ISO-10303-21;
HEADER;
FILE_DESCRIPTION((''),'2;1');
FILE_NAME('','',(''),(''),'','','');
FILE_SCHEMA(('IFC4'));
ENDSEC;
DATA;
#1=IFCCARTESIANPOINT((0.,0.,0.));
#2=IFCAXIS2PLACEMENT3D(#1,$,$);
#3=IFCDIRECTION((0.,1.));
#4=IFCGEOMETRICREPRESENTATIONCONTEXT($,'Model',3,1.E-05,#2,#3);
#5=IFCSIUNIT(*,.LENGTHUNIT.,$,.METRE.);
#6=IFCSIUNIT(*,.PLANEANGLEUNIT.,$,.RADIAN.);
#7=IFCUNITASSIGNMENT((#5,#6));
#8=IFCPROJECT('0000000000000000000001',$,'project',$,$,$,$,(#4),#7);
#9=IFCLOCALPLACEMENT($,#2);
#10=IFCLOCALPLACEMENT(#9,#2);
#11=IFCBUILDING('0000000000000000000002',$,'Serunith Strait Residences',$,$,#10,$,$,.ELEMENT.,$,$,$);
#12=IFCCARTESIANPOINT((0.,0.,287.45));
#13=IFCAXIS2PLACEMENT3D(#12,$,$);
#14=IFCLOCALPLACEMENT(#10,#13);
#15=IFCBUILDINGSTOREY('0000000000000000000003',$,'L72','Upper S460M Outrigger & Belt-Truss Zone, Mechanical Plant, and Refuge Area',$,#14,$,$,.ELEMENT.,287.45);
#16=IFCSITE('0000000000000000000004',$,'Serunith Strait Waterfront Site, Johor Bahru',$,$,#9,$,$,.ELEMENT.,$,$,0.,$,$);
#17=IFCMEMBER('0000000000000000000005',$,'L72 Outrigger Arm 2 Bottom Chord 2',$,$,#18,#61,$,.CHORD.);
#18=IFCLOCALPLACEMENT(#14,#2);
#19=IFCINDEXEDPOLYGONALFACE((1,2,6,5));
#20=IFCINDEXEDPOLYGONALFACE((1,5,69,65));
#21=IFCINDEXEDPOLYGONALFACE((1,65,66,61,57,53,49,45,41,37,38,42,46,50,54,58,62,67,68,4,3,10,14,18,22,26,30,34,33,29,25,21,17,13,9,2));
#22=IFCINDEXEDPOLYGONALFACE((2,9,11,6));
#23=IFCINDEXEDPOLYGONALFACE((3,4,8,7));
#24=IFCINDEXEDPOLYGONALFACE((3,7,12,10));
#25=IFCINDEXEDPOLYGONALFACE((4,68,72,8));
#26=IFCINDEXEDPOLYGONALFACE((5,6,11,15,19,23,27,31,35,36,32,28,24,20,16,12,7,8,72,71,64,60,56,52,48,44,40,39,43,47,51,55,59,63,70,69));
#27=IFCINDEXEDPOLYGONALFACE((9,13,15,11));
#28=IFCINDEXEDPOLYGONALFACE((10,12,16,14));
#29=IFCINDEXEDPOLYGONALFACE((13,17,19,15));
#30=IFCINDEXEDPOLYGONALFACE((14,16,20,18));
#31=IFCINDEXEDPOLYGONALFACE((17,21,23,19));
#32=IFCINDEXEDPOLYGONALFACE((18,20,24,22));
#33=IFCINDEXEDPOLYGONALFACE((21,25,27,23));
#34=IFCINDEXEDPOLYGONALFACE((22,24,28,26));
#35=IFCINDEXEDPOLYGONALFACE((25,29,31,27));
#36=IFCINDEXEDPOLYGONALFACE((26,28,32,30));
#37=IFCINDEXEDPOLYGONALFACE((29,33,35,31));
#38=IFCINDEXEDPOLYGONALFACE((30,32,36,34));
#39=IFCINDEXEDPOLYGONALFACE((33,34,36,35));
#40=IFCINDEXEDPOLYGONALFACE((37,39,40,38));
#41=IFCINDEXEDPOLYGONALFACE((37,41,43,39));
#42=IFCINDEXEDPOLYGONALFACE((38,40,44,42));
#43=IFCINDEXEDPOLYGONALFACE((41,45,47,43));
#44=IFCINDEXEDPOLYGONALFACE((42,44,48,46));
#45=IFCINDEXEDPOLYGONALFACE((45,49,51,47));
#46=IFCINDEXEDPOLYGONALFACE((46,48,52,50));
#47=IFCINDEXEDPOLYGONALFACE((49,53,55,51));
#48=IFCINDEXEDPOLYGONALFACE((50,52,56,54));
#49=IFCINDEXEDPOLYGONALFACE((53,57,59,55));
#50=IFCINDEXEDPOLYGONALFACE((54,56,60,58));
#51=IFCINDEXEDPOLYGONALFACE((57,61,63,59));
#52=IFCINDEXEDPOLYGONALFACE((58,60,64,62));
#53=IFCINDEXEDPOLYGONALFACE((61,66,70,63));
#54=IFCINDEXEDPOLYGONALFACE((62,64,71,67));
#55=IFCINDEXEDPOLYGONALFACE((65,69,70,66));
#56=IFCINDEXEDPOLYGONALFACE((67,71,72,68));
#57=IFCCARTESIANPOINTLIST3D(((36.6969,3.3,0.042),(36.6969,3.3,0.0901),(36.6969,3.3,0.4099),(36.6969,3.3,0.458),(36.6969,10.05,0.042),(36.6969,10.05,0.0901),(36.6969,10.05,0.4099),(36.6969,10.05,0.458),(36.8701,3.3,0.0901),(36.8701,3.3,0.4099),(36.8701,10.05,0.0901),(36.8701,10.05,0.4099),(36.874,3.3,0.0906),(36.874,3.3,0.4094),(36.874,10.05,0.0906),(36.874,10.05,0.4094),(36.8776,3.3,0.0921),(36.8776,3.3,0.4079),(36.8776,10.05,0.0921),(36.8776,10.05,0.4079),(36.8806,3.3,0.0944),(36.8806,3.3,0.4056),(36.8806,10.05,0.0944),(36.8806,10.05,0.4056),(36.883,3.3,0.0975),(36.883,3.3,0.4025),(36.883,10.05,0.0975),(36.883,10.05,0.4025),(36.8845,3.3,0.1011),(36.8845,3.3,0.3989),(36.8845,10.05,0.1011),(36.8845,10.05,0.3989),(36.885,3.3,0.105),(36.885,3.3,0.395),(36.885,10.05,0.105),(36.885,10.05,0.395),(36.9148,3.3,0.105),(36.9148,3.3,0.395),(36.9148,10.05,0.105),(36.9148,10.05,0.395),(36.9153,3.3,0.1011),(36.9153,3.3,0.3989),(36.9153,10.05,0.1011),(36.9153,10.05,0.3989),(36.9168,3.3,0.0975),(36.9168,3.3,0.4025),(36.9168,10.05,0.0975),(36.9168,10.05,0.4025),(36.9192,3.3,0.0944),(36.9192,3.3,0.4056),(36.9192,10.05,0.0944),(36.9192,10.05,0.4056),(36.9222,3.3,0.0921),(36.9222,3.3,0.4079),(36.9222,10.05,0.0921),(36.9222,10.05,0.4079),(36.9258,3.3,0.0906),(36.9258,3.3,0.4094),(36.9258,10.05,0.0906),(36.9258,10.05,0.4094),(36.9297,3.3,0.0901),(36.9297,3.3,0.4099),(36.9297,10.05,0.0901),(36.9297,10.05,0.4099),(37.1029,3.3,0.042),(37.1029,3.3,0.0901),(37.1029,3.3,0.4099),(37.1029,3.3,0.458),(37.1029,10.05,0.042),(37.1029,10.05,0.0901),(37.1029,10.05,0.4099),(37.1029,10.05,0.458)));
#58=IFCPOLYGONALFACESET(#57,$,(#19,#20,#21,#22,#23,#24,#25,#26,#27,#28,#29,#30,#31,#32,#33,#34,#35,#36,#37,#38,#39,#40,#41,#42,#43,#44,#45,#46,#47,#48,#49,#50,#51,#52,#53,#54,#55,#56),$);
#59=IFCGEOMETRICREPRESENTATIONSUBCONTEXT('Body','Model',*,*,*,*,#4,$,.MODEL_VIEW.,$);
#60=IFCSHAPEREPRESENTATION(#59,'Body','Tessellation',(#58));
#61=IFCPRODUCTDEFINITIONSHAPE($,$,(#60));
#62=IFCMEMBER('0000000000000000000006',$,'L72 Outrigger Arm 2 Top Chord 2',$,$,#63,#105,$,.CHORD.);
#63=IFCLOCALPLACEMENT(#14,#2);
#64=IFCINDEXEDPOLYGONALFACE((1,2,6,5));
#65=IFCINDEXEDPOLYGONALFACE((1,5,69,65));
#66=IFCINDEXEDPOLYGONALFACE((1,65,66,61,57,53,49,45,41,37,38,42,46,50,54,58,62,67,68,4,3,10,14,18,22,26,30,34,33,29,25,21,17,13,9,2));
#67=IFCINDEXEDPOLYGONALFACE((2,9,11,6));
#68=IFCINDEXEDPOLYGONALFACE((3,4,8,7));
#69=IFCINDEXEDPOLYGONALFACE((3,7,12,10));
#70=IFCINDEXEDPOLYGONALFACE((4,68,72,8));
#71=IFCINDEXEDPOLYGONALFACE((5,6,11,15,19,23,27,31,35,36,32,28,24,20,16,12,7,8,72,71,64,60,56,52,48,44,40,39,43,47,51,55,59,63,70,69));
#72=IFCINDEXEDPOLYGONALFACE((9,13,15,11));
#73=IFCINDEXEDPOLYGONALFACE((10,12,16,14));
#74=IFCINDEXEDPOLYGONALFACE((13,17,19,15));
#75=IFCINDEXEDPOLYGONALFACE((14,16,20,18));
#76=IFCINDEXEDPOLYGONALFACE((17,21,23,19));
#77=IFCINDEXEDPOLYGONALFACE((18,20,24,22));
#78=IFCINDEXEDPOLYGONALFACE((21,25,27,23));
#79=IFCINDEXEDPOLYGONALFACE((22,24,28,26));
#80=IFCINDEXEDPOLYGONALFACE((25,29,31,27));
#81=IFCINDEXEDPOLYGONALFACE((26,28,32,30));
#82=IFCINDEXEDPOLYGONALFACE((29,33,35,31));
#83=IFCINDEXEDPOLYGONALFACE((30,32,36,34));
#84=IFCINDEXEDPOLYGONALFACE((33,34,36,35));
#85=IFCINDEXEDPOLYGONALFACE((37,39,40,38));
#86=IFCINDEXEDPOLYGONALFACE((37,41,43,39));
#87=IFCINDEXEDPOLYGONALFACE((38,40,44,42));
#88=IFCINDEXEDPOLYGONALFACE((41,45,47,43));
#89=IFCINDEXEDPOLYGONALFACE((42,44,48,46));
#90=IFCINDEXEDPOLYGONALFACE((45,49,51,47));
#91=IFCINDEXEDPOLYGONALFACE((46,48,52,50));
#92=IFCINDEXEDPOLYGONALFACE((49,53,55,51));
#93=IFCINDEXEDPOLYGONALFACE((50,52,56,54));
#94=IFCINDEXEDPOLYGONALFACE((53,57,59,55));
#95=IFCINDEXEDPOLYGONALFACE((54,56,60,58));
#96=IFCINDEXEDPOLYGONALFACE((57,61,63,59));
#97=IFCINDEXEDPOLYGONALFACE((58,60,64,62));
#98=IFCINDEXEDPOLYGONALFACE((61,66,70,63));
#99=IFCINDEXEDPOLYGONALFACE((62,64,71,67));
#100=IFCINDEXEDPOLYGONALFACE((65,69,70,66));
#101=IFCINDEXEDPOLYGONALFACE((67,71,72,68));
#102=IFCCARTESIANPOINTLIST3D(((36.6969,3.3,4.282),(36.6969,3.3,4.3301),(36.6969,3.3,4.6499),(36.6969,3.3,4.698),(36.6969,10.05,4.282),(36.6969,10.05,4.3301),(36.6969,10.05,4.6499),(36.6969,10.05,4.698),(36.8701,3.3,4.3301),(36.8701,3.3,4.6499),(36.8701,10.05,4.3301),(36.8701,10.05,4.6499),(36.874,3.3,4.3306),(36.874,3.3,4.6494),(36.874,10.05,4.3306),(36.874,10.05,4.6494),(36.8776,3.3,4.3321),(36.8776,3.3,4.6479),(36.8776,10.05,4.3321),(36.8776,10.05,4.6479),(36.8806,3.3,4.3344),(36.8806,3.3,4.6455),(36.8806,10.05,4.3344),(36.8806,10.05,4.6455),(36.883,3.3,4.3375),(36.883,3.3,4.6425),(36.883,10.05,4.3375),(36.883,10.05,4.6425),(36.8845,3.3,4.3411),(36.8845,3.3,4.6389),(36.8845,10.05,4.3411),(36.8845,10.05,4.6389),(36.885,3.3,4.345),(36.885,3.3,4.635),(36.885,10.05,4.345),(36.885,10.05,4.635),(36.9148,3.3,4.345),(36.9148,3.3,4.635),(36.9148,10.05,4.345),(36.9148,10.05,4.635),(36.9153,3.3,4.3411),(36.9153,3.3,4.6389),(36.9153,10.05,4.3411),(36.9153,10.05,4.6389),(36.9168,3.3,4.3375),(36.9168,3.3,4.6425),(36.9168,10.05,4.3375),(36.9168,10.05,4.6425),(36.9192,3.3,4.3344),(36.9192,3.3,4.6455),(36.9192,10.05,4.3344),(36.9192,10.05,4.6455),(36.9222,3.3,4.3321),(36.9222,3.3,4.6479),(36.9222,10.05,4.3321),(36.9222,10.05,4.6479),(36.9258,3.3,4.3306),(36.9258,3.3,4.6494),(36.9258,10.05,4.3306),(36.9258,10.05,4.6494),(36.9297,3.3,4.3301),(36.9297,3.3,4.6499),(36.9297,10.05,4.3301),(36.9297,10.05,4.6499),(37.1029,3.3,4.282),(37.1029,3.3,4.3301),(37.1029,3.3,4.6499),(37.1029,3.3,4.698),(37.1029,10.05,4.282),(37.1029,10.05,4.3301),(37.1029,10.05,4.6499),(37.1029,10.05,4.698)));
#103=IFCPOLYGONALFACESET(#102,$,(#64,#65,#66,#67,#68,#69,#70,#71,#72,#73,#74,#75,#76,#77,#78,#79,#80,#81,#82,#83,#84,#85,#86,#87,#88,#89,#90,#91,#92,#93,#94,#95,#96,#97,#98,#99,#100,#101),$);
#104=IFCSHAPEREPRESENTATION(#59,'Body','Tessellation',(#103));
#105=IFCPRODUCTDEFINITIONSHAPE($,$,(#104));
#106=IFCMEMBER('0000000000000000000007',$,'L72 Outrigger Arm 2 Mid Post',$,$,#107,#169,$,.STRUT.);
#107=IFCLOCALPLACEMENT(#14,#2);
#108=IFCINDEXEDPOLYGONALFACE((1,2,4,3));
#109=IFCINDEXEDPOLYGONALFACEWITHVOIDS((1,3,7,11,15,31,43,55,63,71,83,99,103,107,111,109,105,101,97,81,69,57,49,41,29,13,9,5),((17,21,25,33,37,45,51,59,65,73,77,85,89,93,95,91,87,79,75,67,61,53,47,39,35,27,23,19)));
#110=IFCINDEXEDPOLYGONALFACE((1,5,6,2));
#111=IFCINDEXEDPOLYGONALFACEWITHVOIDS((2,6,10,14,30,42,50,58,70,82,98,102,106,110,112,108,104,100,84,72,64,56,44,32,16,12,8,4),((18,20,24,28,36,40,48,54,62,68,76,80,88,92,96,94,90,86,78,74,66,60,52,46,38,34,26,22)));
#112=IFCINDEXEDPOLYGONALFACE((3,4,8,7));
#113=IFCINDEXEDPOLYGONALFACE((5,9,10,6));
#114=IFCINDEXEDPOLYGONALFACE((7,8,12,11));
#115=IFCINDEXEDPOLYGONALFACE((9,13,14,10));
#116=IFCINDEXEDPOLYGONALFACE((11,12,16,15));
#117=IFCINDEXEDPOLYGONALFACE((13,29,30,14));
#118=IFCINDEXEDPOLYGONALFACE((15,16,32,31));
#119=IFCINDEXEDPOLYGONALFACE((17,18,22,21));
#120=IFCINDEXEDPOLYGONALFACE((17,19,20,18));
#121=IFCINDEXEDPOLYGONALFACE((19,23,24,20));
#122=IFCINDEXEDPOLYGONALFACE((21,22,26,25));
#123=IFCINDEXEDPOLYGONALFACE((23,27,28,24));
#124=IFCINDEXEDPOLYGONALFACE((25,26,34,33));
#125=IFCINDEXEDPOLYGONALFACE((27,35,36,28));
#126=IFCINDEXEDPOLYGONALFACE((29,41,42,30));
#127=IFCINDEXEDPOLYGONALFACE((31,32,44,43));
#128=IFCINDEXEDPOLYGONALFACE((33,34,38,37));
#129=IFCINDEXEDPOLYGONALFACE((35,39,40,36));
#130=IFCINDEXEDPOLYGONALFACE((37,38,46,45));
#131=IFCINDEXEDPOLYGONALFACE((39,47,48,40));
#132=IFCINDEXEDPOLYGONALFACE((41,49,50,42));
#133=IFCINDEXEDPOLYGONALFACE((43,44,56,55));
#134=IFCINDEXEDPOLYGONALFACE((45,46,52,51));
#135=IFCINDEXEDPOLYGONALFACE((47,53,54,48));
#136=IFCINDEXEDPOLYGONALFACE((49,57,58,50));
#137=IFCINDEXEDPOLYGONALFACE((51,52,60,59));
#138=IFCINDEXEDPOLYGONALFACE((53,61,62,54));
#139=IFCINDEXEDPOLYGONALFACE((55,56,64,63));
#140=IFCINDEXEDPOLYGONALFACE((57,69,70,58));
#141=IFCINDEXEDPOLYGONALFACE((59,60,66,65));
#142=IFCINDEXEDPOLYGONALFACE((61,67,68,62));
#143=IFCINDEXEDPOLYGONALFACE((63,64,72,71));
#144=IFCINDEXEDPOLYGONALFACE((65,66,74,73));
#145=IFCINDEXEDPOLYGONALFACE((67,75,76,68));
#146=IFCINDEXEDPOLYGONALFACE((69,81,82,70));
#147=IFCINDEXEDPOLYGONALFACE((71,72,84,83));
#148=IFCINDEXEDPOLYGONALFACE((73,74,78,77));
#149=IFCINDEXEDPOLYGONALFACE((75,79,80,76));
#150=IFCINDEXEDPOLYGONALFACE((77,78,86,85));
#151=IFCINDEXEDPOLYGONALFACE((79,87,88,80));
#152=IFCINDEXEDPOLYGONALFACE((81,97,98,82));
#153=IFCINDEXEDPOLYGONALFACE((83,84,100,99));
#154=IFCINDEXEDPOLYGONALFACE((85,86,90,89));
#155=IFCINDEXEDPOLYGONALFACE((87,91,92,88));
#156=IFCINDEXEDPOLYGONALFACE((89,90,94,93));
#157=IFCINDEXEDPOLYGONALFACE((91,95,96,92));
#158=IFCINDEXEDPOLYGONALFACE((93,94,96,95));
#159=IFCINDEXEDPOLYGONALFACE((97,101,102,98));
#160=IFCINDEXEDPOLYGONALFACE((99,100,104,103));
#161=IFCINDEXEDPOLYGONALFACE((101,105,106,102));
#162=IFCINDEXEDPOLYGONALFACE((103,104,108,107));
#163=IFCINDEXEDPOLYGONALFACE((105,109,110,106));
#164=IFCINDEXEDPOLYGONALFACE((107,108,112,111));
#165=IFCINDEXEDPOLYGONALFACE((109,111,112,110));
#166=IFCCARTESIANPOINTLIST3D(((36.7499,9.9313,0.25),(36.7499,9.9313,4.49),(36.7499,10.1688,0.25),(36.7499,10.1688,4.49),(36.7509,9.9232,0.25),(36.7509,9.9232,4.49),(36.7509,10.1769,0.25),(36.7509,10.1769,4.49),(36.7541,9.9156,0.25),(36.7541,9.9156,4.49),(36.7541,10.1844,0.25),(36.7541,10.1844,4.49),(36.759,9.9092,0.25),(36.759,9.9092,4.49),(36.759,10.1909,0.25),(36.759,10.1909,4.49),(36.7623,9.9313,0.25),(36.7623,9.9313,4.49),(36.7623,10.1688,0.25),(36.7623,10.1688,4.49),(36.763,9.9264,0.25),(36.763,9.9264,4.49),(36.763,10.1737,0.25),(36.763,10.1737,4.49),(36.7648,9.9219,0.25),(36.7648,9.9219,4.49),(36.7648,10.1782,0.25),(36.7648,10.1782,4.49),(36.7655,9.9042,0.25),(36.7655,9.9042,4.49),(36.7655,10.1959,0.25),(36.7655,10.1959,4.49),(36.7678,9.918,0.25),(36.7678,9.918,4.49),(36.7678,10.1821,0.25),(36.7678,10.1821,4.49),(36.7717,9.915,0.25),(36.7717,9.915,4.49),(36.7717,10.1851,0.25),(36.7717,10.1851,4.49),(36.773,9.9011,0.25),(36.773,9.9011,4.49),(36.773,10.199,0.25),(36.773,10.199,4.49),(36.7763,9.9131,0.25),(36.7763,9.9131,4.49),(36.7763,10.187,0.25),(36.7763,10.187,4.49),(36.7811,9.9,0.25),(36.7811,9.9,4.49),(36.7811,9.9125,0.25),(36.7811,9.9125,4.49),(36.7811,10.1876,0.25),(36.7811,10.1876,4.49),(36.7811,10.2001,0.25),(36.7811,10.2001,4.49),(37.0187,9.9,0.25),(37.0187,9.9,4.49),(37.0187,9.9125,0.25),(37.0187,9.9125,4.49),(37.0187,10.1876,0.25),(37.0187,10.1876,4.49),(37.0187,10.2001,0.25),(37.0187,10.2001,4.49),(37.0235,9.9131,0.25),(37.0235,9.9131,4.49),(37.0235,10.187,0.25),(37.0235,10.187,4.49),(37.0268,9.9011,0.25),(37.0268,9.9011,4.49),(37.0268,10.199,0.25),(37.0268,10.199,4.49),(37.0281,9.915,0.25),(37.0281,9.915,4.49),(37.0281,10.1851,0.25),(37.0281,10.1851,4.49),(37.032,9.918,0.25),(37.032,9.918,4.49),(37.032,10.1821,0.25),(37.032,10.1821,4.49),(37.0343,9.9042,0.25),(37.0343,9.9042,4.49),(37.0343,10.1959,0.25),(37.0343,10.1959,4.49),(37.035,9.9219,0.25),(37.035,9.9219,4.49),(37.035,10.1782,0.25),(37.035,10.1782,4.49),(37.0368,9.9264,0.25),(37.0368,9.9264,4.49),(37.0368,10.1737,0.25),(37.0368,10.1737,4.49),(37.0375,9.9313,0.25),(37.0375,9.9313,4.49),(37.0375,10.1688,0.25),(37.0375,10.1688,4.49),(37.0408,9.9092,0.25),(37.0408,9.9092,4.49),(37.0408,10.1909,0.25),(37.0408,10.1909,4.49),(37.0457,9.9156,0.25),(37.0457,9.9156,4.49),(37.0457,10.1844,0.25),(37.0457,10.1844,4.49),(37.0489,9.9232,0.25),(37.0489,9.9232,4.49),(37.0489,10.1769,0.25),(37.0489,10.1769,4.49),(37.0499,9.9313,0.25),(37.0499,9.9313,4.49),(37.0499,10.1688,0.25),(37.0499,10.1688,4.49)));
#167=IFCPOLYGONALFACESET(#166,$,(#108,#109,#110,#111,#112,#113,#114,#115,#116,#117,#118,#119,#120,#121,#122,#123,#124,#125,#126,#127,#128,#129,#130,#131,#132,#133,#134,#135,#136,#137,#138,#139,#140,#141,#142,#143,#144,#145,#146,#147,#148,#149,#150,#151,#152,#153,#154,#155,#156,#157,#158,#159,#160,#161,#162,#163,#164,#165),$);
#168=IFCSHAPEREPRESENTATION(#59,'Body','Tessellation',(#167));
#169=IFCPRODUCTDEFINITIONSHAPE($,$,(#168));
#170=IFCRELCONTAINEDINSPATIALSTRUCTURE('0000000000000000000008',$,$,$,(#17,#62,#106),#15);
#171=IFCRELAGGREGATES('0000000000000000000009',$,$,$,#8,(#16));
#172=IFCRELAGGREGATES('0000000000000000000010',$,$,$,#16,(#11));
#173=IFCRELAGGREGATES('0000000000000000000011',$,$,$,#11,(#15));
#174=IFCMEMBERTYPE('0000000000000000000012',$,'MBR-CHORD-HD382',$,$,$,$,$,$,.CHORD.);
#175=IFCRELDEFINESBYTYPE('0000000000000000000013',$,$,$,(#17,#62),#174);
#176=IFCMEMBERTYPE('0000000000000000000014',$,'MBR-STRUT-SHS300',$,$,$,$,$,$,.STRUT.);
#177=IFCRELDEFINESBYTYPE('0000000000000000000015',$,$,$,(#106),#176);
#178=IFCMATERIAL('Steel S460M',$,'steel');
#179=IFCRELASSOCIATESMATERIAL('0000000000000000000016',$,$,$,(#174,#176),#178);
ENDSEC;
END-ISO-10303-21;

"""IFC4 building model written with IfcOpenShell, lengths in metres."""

from ifc_helpers import new_model, si_unit, direction, frame, origin, origin_2d, place, context, subcontext, project, spatial, hollow_rectangle, i_section, extrude, source, transform, mapped, material, material_profile, profile_set, type_object, element, save


model = new_model("IFC4")

# Units and contexts
model_context = context("Model", 3, precision=1e-05, world=origin(), true_north=direction((0.0, 1.0)))
body_context = subcontext(model_context, "Body", "Model", "MODEL_VIEW")
ifc_project = project(units=[si_unit("LENGTHUNIT", "METRE"), si_unit("PLANEANGLEUNIT", "RADIAN")], contexts=[model_context])

# Site, building, storey
site_placement = place(None, origin())
site = spatial("IfcSite", under=ifc_project, at=site_placement, Name="Serunith Strait Waterfront Site, Johor Bahru", CompositionType="ELEMENT", RefElevation=0.0)
building_placement = place(site_placement, origin())
building = spatial("IfcBuilding", under=site, at=building_placement, Name="Serunith Strait Residences", CompositionType="ELEMENT")
storey_placement = place(building_placement, frame((0.0, 0.0, 287.45)))
storey = spatial("IfcBuildingStorey", under=building, at=storey_placement, Name="L72", Description="Upper S460M Outrigger & Belt-Truss Zone, Mechanical Plant, and Refuge Area", CompositionType="ELEMENT", Elevation=287.45)

# Members
ifc_material_1 = material(Name="Steel S460M", Category="steel")
ifc_material_profile_1 = material_profile(ifc_material_1, i_section(OverallWidth=0.406, OverallDepth=0.416, WebThickness=0.0298, FlangeThickness=0.0481, FilletRadius=0.0149, at=origin_2d()), Name="HD 400x382")
ifc_profile_set_1 = profile_set([ifc_material_profile_1], Name="Steel S460M")
member_type_1 = type_object("IfcMemberType", Name="MBR-CHORD-HD382", PredefinedType="CHORD", material=ifc_profile_set_1)
shared_shape_1 = source(origin(), body_context, "Body", "SweptSolid", [
    extrude(i_section(OverallWidth=0.406, OverallDepth=0.416, WebThickness=0.0298, FlangeThickness=0.0481, FilletRadius=0.0149, at=origin_2d()), origin(), (0.0, 0.0, 1.0), 6.75),
])
for number, where, z_axis, x_axis, name in (
    (1, (36.8999, 10.05, 0.25), (0.0, -1.0, 0.0), (1.0, 0.0, 0.0), "L72 Outrigger Arm 2 Bottom Chord 2"),
    (2, (36.8999, 10.05, 4.49), (0.0, -1.0, 0.0), (1.0, 0.0, 0.0), "L72 Outrigger Arm 2 Top Chord 2"),
):
    element("IfcMember", number, at=place(storey_placement, frame(where, z_axis=z_axis, x_axis=x_axis)), inside=storey, type_object=member_type_1, Name=name, PredefinedType="CHORD", context=body_context, shape_type="MappedRepresentation", body=[
        mapped(shared_shape_1, transform((0.0, 0.0, 0.0), scale=1.0)),
    ])
ifc_material_profile_2 = material_profile(ifc_material_1, hollow_rectangle(XDim=0.3, YDim=0.3, WallThickness=0.0125, InnerFilletRadius=0.0188, OuterFilletRadius=0.0312, at=origin_2d()), Name="SHS 300x300x12.5")
ifc_profile_set_2 = profile_set([ifc_material_profile_2], Name="Steel S460M")
member_type_2 = type_object("IfcMemberType", Name="MBR-STRUT-SHS300", PredefinedType="STRUT", material=ifc_profile_set_2)
shared_shape_2 = source(origin(), body_context, "Body", "SweptSolid", [
    extrude(hollow_rectangle(XDim=0.3, YDim=0.3, WallThickness=0.0125, InnerFilletRadius=0.0188, OuterFilletRadius=0.0312, at=origin_2d()), origin(), (0.0, 0.0, 1.0), 4.24),
])
member_1_placement = place(storey_placement, frame((36.8999, 10.05, 0.25), z_axis=(0.0, 0.0, 1.0), x_axis=(1.0, 0.0, 0.0)))
element("IfcMember", 3, at=member_1_placement, inside=storey, type_object=member_type_2, Name="L72 Outrigger Arm 2 Mid Post", PredefinedType="STRUT", context=body_context, shape_type="MappedRepresentation", body=[
    mapped(shared_shape_2, transform((0.0, 0.0, 0.0), scale=1.0)),
])

save(model, "model.ifc")
